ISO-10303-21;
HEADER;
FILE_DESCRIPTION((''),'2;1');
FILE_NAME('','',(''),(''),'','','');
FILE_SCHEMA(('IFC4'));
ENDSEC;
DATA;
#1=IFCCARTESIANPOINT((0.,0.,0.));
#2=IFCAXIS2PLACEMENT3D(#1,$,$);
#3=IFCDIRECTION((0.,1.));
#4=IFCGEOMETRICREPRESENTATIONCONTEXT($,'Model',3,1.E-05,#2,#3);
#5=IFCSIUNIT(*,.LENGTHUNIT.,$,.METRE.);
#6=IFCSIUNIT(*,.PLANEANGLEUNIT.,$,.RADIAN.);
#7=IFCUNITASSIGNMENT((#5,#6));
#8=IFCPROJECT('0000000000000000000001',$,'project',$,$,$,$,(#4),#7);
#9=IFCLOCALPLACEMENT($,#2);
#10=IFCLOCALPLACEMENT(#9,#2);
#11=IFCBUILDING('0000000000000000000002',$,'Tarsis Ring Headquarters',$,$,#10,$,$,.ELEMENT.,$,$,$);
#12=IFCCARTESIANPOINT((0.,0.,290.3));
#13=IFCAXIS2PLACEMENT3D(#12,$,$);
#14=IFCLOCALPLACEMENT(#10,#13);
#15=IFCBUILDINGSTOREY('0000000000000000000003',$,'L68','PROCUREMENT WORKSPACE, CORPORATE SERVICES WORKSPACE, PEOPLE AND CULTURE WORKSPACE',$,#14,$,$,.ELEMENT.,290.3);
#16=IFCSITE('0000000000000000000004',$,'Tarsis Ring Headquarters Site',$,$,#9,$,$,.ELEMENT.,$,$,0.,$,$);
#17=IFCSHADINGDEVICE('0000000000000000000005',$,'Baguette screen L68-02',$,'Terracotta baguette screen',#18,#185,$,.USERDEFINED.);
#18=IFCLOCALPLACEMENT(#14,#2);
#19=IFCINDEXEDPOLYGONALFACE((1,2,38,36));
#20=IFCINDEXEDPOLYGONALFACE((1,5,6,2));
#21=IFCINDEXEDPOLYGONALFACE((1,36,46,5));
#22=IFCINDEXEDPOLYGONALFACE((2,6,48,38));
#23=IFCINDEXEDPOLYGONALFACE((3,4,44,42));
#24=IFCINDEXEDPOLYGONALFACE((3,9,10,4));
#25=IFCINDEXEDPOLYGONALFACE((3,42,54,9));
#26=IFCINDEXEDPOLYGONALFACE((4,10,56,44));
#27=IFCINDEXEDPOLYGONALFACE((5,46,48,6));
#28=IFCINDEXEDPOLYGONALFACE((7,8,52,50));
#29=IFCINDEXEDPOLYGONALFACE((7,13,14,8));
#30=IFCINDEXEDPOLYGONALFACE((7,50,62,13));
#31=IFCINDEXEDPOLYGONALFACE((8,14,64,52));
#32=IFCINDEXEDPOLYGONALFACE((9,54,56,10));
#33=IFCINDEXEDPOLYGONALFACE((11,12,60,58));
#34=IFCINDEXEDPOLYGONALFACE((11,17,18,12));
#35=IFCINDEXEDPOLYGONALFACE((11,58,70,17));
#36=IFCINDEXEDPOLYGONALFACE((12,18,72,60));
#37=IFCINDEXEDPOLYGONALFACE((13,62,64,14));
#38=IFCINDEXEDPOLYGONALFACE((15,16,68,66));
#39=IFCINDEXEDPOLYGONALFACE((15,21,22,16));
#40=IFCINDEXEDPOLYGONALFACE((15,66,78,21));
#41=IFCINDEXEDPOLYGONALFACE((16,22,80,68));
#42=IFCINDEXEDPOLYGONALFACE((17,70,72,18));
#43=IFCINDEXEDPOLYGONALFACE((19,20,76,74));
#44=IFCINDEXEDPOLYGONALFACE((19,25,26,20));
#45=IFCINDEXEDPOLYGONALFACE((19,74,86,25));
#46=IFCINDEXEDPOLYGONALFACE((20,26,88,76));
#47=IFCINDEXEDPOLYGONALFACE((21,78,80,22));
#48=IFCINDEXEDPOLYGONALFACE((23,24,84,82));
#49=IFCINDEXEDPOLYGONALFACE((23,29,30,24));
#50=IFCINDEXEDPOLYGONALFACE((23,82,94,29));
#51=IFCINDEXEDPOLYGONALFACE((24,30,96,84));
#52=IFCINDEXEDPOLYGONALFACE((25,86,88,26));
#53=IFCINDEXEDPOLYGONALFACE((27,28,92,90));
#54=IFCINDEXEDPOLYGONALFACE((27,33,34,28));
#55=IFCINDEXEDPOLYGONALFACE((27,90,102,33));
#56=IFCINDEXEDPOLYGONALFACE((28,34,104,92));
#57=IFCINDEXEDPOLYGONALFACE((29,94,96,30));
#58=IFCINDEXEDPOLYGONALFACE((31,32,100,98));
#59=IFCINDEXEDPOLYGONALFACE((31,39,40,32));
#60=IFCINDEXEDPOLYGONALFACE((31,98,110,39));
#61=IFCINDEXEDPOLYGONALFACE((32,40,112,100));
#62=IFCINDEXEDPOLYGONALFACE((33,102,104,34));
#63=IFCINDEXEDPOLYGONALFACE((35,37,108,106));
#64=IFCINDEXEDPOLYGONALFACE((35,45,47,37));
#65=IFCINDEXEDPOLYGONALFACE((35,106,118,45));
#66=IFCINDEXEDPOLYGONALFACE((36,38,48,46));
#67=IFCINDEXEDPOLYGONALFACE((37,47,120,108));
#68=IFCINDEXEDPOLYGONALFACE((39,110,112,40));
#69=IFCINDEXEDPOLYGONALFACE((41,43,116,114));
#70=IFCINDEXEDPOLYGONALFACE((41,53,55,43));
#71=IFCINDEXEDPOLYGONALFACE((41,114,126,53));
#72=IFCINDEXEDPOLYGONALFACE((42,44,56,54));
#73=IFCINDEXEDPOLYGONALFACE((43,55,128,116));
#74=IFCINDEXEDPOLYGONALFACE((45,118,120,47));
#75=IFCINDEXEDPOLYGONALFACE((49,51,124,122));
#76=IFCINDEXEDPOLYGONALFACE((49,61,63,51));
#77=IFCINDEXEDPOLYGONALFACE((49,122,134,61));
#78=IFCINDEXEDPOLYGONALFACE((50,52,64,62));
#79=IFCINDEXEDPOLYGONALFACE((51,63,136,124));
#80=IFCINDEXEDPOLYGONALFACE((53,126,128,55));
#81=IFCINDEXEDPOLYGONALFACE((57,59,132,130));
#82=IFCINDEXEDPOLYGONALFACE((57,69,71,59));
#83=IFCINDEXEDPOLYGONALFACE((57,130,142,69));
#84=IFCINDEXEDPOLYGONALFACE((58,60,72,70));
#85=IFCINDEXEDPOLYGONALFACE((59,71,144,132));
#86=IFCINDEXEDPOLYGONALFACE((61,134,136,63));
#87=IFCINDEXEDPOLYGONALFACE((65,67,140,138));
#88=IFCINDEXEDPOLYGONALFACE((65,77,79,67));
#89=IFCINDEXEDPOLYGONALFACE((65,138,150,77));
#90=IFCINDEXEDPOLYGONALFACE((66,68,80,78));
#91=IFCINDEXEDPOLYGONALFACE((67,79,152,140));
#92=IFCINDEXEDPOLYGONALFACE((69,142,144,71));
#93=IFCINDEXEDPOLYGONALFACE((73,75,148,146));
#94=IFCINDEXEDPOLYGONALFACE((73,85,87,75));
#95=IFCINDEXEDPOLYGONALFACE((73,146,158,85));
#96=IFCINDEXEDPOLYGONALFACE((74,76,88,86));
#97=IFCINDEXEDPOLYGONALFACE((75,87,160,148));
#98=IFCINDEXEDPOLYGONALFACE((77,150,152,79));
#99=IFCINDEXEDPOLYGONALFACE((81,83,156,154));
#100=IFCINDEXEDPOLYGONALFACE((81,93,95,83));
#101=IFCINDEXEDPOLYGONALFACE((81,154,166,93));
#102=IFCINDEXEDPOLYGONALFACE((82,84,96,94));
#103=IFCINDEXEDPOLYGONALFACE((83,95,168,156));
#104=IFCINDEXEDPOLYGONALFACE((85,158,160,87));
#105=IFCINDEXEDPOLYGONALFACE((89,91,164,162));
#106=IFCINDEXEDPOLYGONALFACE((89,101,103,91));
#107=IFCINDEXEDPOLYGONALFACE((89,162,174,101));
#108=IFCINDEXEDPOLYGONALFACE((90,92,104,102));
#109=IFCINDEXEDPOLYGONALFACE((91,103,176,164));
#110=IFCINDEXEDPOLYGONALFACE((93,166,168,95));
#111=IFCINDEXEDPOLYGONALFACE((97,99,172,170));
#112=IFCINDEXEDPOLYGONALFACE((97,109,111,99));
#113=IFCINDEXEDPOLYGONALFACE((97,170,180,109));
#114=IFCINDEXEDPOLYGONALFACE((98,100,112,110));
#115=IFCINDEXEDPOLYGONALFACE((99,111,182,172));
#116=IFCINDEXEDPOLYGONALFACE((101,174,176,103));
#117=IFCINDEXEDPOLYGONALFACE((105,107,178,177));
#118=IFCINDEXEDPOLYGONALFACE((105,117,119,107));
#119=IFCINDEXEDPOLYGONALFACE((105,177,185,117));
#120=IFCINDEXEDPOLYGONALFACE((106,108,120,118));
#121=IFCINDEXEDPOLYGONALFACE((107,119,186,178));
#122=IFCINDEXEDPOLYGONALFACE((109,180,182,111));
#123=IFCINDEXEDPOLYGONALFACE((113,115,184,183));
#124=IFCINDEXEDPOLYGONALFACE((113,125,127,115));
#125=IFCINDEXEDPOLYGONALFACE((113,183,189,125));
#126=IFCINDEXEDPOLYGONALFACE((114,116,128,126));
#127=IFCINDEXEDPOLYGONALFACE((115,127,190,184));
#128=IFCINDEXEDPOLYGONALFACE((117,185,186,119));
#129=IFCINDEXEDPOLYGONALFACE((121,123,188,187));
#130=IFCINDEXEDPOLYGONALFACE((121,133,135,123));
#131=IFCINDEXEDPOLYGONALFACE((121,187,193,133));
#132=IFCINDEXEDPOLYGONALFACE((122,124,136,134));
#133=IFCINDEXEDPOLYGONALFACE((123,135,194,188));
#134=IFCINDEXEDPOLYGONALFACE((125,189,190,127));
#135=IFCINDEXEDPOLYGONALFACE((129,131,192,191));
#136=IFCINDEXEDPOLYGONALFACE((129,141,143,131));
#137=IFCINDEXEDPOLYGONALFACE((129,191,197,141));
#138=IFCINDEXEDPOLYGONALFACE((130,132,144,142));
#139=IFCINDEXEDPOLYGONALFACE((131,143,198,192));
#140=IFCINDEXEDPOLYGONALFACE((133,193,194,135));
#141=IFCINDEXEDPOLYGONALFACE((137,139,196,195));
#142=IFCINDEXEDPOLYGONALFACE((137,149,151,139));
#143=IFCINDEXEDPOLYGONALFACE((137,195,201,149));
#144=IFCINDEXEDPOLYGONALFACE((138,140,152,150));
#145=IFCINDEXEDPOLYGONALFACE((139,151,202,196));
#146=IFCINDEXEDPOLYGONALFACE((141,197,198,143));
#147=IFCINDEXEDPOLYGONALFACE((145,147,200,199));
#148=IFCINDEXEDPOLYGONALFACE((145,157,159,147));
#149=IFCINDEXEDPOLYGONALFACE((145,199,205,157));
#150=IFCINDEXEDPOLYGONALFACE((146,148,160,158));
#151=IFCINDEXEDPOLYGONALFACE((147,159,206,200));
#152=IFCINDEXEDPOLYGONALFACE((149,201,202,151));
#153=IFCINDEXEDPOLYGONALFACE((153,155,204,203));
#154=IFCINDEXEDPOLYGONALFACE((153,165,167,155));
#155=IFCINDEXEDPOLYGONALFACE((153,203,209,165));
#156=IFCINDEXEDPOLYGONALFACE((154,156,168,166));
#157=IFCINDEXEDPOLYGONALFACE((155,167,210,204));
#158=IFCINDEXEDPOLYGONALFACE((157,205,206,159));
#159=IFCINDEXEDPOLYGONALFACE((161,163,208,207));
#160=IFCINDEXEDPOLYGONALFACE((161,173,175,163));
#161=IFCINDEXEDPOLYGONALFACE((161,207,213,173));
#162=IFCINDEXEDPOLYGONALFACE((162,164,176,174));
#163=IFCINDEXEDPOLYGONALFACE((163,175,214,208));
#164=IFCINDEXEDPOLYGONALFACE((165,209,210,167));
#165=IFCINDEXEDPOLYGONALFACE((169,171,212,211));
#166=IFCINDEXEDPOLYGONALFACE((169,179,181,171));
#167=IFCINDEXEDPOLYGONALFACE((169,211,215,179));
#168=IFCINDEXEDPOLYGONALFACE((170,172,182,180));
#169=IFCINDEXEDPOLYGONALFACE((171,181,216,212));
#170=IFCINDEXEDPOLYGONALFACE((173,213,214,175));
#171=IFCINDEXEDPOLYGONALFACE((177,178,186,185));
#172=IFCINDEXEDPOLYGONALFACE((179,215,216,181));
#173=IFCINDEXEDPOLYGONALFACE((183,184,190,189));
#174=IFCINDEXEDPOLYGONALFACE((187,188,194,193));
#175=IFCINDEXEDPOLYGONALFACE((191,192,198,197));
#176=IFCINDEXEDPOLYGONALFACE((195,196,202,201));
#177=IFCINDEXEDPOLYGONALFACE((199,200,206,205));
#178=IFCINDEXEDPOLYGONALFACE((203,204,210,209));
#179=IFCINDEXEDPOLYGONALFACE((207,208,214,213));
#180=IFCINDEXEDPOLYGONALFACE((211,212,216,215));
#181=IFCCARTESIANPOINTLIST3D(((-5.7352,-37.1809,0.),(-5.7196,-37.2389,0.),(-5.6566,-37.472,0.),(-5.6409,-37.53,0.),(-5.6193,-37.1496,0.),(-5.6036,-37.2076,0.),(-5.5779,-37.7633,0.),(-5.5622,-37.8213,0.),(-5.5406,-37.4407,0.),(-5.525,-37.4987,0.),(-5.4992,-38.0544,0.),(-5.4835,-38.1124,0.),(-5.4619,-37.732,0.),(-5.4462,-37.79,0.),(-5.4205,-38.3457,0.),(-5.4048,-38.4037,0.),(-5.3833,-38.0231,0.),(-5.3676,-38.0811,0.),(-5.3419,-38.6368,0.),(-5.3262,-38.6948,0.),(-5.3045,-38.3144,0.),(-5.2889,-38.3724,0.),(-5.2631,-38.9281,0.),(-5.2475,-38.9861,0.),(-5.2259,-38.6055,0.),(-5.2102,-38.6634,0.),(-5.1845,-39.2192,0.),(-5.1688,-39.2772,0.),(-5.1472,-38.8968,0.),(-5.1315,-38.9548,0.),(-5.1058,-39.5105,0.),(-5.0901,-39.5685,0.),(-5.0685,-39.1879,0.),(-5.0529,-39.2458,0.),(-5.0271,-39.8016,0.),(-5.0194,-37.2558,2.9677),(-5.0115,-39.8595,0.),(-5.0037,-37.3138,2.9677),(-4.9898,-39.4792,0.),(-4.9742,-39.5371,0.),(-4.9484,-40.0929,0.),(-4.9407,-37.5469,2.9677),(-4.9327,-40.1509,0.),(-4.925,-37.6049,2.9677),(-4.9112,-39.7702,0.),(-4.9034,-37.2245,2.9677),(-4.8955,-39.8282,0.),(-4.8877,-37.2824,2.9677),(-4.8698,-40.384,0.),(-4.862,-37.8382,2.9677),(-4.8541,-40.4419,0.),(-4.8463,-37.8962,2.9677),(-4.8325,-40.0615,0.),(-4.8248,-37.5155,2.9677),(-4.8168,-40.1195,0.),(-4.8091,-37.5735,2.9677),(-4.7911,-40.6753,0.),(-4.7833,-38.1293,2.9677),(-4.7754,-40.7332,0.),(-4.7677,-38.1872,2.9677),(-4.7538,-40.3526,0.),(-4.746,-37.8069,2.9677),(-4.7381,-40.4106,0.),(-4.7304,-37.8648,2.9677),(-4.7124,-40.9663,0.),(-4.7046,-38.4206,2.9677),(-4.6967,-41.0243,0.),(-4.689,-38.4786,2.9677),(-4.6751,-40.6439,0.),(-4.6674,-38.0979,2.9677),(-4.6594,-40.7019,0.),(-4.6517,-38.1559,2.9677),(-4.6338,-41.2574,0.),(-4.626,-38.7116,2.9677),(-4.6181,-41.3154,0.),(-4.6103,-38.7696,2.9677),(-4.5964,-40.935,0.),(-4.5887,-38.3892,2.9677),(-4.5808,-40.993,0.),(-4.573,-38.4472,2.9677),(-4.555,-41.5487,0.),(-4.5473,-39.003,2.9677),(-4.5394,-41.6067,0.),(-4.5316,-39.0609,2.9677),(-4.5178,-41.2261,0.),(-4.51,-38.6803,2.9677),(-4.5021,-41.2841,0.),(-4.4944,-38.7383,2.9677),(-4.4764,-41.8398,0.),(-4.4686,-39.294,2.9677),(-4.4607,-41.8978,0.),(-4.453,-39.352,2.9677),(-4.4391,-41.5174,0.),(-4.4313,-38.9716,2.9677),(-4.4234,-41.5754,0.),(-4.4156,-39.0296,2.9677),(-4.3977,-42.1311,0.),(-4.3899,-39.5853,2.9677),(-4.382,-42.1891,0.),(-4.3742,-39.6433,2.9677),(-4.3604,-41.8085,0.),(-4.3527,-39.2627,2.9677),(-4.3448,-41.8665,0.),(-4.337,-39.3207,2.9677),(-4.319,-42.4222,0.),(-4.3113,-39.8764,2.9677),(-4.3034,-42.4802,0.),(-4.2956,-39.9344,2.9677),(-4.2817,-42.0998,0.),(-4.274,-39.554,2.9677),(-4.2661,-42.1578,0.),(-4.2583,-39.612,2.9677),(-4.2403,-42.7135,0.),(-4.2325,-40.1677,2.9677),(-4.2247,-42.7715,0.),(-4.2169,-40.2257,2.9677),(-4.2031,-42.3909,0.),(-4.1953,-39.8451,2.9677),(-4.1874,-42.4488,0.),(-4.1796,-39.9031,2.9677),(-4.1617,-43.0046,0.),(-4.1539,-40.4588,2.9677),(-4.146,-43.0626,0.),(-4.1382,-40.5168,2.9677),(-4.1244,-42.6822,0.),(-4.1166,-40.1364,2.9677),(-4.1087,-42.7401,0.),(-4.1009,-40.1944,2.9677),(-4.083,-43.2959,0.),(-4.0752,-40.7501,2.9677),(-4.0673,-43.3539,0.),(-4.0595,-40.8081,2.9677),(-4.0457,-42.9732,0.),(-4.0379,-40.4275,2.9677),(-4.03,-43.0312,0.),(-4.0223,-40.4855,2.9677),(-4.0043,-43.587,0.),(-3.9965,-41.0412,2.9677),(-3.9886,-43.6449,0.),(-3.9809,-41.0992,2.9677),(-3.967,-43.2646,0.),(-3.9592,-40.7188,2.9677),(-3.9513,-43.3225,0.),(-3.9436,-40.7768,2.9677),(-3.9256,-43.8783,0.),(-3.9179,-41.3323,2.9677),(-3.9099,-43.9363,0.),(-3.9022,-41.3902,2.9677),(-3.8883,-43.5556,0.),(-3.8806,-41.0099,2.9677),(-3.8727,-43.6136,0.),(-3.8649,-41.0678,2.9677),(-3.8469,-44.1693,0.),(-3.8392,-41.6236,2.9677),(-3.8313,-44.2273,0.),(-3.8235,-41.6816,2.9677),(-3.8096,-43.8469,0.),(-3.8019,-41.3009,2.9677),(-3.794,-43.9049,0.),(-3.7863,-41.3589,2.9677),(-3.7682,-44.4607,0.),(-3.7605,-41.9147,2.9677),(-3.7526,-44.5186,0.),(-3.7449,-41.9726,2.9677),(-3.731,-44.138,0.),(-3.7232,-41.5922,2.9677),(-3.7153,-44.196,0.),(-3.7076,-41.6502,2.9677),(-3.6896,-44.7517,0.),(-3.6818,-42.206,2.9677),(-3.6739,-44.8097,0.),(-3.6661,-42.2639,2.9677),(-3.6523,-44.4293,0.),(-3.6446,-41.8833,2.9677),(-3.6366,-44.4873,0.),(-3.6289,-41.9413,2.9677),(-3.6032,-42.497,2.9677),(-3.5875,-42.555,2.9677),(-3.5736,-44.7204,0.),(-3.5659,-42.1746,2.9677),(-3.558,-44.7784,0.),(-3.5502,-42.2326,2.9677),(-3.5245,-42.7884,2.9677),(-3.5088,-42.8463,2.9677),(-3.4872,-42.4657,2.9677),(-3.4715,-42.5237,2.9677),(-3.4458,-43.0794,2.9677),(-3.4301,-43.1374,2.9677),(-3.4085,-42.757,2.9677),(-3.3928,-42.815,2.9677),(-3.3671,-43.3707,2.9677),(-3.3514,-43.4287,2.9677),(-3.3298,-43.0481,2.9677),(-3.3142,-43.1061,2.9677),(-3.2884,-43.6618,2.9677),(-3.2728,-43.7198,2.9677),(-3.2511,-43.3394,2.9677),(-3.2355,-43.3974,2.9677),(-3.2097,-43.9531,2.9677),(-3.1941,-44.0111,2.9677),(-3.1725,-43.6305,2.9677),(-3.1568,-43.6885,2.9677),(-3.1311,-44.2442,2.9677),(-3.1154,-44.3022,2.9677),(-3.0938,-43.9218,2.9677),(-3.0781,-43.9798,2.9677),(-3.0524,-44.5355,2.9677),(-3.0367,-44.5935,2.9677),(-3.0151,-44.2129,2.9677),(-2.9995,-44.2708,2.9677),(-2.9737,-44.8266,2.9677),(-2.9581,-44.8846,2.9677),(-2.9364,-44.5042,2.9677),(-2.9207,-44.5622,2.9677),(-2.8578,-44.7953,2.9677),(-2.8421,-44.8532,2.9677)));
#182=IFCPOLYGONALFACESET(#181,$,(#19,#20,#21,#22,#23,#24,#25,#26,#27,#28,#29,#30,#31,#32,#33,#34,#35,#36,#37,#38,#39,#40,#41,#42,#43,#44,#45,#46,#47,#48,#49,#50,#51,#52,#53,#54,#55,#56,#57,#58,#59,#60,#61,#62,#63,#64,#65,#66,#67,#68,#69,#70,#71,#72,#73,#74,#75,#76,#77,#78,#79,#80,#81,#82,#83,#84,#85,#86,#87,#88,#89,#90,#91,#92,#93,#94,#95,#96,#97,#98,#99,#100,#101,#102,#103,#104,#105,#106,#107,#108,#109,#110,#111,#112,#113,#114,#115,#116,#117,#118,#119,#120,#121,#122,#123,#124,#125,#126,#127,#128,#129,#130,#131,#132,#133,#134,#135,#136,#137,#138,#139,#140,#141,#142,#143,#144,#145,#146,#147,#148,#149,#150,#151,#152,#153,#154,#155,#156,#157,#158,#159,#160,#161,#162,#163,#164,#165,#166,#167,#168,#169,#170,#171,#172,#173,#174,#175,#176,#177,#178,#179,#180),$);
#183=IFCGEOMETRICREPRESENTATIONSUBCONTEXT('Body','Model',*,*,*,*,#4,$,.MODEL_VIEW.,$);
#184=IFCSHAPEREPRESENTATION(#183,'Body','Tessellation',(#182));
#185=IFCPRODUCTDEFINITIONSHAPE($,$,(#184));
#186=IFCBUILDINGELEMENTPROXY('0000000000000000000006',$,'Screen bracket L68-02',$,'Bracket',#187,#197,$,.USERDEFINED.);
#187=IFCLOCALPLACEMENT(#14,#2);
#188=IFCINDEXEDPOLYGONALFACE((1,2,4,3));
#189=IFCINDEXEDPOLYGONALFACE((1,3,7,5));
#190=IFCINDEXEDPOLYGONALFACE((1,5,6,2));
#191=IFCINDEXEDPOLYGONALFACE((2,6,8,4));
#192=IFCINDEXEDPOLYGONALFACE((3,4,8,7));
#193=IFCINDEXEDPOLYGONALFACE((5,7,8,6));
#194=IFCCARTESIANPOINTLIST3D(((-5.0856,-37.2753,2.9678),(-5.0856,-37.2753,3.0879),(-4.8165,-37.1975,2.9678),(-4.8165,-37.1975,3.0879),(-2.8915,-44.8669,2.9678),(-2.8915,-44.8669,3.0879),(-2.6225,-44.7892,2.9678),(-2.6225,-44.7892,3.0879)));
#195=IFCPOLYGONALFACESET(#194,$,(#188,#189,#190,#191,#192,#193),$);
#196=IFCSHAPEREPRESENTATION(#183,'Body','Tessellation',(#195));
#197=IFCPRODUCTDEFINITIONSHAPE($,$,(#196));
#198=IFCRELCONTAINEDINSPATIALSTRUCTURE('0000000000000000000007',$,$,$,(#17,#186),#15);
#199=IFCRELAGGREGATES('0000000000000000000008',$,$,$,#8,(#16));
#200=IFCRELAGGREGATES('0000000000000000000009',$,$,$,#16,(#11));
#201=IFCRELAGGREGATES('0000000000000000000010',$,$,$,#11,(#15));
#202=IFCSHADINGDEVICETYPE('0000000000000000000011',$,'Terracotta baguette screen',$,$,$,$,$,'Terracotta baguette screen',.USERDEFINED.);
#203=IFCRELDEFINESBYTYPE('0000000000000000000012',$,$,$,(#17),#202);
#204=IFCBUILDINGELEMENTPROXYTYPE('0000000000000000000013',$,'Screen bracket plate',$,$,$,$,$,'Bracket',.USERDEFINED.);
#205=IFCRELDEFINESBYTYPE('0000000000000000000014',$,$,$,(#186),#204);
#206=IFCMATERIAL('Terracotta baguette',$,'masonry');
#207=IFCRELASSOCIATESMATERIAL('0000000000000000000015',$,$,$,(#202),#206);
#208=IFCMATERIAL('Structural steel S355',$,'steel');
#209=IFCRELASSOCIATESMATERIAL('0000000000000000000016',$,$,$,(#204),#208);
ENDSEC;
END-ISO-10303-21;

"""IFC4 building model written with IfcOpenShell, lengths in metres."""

from ifc_helpers import new_model, si_unit, direction, frame, frame_2d, origin, origin_2d, place, context, subcontext, project, spatial, rectangle, composite_profile, extrude, material, type_object, element, save


model = new_model("IFC4")

# Units and contexts
model_context = context("Model", 3, precision=1e-05, world=origin(), true_north=direction((0.0, 1.0)))
body_context = subcontext(model_context, "Body", "Model", "MODEL_VIEW")
ifc_project = project(units=[si_unit("LENGTHUNIT", "METRE"), si_unit("PLANEANGLEUNIT", "RADIAN")], contexts=[model_context])

# Site, building, storey
site_placement = place(None, origin())
site = spatial("IfcSite", under=ifc_project, at=site_placement, Name="Tarsis Ring Headquarters Site", CompositionType="ELEMENT", RefElevation=0.0)
building_placement = place(site_placement, origin())
building = spatial("IfcBuilding", under=site, at=building_placement, Name="Tarsis Ring Headquarters", CompositionType="ELEMENT")
storey_placement = place(building_placement, frame((0.0, 0.0, 290.3)))
storey = spatial("IfcBuildingStorey", under=building, at=storey_placement, Name="L68", Description="PROCUREMENT WORKSPACE, CORPORATE SERVICES WORKSPACE, PEOPLE AND CULTURE WORKSPACE", CompositionType="ELEMENT", Elevation=290.3)

# Shared definitions
ifc_material_1 = material(Name="Structural steel S355", Category="steel")

# Shading device
ifc_material_2 = material(Name="Terracotta baguette", Category="masonry")
shading_device_type = type_object("IfcShadingDeviceType", Name="Terracotta baguette screen", ElementType="Terracotta baguette screen", PredefinedType="USERDEFINED", material=ifc_material_2)
shading_device_1_placement = place(storey_placement, frame((-5.6772, -37.1653, 0.0), z_axis=(0.0, 0.0, 1.0), x_axis=(0.260844, -0.965367, 0.0)))
element("IfcShadingDevice", 1, at=shading_device_1_placement, inside=storey, type_object=shading_device_type, Name="Baguette screen L68-02", ObjectType="Terracotta baguette screen", PredefinedType="USERDEFINED", context=body_context, shape_type="SweptSolid", body=[
    extrude(composite_profile([rectangle(XDim=0.0601, YDim=0.1201, at=frame_2d((0.03, 0.0))), rectangle(XDim=0.0601, YDim=0.1201, at=frame_2d((0.3315, 0.0))), rectangle(XDim=0.0601, YDim=0.1201, at=frame_2d((0.6333, 0.0))), rectangle(XDim=0.0601, YDim=0.1201, at=frame_2d((0.9348, 0.0))), rectangle(XDim=0.0601, YDim=0.1201, at=frame_2d((1.2366, 0.0))), rectangle(XDim=0.0601, YDim=0.1201, at=frame_2d((1.5381, 0.0))), rectangle(XDim=0.0601, YDim=0.1201, at=frame_2d((1.8398, 0.0))), rectangle(XDim=0.0601, YDim=0.1201, at=frame_2d((2.1414, 0.0))), rectangle(XDim=0.0601, YDim=0.1201, at=frame_2d((2.4431, 0.0))), rectangle(XDim=0.0601, YDim=0.1201, at=frame_2d((2.7446, 0.0))), rectangle(XDim=0.0601, YDim=0.1201, at=frame_2d((3.0464, 0.0))), rectangle(XDim=0.0601, YDim=0.1201, at=frame_2d((3.3479, 0.0))), rectangle(XDim=0.0601, YDim=0.1201, at=frame_2d((3.6497, 0.0))), rectangle(XDim=0.0601, YDim=0.1201, at=frame_2d((3.9512, 0.0))), rectangle(XDim=0.0601, YDim=0.1201, at=frame_2d((4.2527, 0.0))), rectangle(XDim=0.0601, YDim=0.1201, at=frame_2d((4.5544, 0.0))), rectangle(XDim=0.0601, YDim=0.1201, at=frame_2d((4.856, 0.0))), rectangle(XDim=0.0601, YDim=0.1201, at=frame_2d((5.1577, 0.0))), rectangle(XDim=0.0601, YDim=0.1201, at=frame_2d((5.4592, 0.0))), rectangle(XDim=0.0601, YDim=0.1201, at=frame_2d((5.761, 0.0))), rectangle(XDim=0.0601, YDim=0.1201, at=frame_2d((6.0625, 0.0))), rectangle(XDim=0.0601, YDim=0.1201, at=frame_2d((6.3643, 0.0))), rectangle(XDim=0.0601, YDim=0.1201, at=frame_2d((6.6658, 0.0))), rectangle(XDim=0.0601, YDim=0.1201, at=frame_2d((6.9675, 0.0))), rectangle(XDim=0.0601, YDim=0.1201, at=frame_2d((7.269, 0.0))), rectangle(XDim=0.0601, YDim=0.1201, at=frame_2d((7.5708, 0.0))), rectangle(XDim=0.0601, YDim=0.1201, at=frame_2d((7.8723, 0.0)))]), origin(), (0.084812, 0.219915, 0.971825), 3.0537),
])

# Building element proxy
building_element_proxy_type = type_object("IfcBuildingElementProxyType", Name="Screen bracket plate", ElementType="Bracket", PredefinedType="USERDEFINED", material=ifc_material_1)
proxy_placement = place(storey_placement, frame((-3.854, -41.0322, 2.9678), z_axis=(0.0, 0.0, 1.0), x_axis=(0.27765, -0.960682, 0.0)))
element("IfcBuildingElementProxy", 2, at=proxy_placement, inside=storey, type_object=building_element_proxy_type, Name="Screen bracket L68-02", ObjectType="Bracket", PredefinedType="USERDEFINED", context=body_context, shape_type="SweptSolid", body=[
    extrude(rectangle(XDim=7.9023, YDim=0.28, at=origin_2d()), origin(), (0.0, 0.0, 1.0), 0.1201),
])

save(model, "model.ifc")
